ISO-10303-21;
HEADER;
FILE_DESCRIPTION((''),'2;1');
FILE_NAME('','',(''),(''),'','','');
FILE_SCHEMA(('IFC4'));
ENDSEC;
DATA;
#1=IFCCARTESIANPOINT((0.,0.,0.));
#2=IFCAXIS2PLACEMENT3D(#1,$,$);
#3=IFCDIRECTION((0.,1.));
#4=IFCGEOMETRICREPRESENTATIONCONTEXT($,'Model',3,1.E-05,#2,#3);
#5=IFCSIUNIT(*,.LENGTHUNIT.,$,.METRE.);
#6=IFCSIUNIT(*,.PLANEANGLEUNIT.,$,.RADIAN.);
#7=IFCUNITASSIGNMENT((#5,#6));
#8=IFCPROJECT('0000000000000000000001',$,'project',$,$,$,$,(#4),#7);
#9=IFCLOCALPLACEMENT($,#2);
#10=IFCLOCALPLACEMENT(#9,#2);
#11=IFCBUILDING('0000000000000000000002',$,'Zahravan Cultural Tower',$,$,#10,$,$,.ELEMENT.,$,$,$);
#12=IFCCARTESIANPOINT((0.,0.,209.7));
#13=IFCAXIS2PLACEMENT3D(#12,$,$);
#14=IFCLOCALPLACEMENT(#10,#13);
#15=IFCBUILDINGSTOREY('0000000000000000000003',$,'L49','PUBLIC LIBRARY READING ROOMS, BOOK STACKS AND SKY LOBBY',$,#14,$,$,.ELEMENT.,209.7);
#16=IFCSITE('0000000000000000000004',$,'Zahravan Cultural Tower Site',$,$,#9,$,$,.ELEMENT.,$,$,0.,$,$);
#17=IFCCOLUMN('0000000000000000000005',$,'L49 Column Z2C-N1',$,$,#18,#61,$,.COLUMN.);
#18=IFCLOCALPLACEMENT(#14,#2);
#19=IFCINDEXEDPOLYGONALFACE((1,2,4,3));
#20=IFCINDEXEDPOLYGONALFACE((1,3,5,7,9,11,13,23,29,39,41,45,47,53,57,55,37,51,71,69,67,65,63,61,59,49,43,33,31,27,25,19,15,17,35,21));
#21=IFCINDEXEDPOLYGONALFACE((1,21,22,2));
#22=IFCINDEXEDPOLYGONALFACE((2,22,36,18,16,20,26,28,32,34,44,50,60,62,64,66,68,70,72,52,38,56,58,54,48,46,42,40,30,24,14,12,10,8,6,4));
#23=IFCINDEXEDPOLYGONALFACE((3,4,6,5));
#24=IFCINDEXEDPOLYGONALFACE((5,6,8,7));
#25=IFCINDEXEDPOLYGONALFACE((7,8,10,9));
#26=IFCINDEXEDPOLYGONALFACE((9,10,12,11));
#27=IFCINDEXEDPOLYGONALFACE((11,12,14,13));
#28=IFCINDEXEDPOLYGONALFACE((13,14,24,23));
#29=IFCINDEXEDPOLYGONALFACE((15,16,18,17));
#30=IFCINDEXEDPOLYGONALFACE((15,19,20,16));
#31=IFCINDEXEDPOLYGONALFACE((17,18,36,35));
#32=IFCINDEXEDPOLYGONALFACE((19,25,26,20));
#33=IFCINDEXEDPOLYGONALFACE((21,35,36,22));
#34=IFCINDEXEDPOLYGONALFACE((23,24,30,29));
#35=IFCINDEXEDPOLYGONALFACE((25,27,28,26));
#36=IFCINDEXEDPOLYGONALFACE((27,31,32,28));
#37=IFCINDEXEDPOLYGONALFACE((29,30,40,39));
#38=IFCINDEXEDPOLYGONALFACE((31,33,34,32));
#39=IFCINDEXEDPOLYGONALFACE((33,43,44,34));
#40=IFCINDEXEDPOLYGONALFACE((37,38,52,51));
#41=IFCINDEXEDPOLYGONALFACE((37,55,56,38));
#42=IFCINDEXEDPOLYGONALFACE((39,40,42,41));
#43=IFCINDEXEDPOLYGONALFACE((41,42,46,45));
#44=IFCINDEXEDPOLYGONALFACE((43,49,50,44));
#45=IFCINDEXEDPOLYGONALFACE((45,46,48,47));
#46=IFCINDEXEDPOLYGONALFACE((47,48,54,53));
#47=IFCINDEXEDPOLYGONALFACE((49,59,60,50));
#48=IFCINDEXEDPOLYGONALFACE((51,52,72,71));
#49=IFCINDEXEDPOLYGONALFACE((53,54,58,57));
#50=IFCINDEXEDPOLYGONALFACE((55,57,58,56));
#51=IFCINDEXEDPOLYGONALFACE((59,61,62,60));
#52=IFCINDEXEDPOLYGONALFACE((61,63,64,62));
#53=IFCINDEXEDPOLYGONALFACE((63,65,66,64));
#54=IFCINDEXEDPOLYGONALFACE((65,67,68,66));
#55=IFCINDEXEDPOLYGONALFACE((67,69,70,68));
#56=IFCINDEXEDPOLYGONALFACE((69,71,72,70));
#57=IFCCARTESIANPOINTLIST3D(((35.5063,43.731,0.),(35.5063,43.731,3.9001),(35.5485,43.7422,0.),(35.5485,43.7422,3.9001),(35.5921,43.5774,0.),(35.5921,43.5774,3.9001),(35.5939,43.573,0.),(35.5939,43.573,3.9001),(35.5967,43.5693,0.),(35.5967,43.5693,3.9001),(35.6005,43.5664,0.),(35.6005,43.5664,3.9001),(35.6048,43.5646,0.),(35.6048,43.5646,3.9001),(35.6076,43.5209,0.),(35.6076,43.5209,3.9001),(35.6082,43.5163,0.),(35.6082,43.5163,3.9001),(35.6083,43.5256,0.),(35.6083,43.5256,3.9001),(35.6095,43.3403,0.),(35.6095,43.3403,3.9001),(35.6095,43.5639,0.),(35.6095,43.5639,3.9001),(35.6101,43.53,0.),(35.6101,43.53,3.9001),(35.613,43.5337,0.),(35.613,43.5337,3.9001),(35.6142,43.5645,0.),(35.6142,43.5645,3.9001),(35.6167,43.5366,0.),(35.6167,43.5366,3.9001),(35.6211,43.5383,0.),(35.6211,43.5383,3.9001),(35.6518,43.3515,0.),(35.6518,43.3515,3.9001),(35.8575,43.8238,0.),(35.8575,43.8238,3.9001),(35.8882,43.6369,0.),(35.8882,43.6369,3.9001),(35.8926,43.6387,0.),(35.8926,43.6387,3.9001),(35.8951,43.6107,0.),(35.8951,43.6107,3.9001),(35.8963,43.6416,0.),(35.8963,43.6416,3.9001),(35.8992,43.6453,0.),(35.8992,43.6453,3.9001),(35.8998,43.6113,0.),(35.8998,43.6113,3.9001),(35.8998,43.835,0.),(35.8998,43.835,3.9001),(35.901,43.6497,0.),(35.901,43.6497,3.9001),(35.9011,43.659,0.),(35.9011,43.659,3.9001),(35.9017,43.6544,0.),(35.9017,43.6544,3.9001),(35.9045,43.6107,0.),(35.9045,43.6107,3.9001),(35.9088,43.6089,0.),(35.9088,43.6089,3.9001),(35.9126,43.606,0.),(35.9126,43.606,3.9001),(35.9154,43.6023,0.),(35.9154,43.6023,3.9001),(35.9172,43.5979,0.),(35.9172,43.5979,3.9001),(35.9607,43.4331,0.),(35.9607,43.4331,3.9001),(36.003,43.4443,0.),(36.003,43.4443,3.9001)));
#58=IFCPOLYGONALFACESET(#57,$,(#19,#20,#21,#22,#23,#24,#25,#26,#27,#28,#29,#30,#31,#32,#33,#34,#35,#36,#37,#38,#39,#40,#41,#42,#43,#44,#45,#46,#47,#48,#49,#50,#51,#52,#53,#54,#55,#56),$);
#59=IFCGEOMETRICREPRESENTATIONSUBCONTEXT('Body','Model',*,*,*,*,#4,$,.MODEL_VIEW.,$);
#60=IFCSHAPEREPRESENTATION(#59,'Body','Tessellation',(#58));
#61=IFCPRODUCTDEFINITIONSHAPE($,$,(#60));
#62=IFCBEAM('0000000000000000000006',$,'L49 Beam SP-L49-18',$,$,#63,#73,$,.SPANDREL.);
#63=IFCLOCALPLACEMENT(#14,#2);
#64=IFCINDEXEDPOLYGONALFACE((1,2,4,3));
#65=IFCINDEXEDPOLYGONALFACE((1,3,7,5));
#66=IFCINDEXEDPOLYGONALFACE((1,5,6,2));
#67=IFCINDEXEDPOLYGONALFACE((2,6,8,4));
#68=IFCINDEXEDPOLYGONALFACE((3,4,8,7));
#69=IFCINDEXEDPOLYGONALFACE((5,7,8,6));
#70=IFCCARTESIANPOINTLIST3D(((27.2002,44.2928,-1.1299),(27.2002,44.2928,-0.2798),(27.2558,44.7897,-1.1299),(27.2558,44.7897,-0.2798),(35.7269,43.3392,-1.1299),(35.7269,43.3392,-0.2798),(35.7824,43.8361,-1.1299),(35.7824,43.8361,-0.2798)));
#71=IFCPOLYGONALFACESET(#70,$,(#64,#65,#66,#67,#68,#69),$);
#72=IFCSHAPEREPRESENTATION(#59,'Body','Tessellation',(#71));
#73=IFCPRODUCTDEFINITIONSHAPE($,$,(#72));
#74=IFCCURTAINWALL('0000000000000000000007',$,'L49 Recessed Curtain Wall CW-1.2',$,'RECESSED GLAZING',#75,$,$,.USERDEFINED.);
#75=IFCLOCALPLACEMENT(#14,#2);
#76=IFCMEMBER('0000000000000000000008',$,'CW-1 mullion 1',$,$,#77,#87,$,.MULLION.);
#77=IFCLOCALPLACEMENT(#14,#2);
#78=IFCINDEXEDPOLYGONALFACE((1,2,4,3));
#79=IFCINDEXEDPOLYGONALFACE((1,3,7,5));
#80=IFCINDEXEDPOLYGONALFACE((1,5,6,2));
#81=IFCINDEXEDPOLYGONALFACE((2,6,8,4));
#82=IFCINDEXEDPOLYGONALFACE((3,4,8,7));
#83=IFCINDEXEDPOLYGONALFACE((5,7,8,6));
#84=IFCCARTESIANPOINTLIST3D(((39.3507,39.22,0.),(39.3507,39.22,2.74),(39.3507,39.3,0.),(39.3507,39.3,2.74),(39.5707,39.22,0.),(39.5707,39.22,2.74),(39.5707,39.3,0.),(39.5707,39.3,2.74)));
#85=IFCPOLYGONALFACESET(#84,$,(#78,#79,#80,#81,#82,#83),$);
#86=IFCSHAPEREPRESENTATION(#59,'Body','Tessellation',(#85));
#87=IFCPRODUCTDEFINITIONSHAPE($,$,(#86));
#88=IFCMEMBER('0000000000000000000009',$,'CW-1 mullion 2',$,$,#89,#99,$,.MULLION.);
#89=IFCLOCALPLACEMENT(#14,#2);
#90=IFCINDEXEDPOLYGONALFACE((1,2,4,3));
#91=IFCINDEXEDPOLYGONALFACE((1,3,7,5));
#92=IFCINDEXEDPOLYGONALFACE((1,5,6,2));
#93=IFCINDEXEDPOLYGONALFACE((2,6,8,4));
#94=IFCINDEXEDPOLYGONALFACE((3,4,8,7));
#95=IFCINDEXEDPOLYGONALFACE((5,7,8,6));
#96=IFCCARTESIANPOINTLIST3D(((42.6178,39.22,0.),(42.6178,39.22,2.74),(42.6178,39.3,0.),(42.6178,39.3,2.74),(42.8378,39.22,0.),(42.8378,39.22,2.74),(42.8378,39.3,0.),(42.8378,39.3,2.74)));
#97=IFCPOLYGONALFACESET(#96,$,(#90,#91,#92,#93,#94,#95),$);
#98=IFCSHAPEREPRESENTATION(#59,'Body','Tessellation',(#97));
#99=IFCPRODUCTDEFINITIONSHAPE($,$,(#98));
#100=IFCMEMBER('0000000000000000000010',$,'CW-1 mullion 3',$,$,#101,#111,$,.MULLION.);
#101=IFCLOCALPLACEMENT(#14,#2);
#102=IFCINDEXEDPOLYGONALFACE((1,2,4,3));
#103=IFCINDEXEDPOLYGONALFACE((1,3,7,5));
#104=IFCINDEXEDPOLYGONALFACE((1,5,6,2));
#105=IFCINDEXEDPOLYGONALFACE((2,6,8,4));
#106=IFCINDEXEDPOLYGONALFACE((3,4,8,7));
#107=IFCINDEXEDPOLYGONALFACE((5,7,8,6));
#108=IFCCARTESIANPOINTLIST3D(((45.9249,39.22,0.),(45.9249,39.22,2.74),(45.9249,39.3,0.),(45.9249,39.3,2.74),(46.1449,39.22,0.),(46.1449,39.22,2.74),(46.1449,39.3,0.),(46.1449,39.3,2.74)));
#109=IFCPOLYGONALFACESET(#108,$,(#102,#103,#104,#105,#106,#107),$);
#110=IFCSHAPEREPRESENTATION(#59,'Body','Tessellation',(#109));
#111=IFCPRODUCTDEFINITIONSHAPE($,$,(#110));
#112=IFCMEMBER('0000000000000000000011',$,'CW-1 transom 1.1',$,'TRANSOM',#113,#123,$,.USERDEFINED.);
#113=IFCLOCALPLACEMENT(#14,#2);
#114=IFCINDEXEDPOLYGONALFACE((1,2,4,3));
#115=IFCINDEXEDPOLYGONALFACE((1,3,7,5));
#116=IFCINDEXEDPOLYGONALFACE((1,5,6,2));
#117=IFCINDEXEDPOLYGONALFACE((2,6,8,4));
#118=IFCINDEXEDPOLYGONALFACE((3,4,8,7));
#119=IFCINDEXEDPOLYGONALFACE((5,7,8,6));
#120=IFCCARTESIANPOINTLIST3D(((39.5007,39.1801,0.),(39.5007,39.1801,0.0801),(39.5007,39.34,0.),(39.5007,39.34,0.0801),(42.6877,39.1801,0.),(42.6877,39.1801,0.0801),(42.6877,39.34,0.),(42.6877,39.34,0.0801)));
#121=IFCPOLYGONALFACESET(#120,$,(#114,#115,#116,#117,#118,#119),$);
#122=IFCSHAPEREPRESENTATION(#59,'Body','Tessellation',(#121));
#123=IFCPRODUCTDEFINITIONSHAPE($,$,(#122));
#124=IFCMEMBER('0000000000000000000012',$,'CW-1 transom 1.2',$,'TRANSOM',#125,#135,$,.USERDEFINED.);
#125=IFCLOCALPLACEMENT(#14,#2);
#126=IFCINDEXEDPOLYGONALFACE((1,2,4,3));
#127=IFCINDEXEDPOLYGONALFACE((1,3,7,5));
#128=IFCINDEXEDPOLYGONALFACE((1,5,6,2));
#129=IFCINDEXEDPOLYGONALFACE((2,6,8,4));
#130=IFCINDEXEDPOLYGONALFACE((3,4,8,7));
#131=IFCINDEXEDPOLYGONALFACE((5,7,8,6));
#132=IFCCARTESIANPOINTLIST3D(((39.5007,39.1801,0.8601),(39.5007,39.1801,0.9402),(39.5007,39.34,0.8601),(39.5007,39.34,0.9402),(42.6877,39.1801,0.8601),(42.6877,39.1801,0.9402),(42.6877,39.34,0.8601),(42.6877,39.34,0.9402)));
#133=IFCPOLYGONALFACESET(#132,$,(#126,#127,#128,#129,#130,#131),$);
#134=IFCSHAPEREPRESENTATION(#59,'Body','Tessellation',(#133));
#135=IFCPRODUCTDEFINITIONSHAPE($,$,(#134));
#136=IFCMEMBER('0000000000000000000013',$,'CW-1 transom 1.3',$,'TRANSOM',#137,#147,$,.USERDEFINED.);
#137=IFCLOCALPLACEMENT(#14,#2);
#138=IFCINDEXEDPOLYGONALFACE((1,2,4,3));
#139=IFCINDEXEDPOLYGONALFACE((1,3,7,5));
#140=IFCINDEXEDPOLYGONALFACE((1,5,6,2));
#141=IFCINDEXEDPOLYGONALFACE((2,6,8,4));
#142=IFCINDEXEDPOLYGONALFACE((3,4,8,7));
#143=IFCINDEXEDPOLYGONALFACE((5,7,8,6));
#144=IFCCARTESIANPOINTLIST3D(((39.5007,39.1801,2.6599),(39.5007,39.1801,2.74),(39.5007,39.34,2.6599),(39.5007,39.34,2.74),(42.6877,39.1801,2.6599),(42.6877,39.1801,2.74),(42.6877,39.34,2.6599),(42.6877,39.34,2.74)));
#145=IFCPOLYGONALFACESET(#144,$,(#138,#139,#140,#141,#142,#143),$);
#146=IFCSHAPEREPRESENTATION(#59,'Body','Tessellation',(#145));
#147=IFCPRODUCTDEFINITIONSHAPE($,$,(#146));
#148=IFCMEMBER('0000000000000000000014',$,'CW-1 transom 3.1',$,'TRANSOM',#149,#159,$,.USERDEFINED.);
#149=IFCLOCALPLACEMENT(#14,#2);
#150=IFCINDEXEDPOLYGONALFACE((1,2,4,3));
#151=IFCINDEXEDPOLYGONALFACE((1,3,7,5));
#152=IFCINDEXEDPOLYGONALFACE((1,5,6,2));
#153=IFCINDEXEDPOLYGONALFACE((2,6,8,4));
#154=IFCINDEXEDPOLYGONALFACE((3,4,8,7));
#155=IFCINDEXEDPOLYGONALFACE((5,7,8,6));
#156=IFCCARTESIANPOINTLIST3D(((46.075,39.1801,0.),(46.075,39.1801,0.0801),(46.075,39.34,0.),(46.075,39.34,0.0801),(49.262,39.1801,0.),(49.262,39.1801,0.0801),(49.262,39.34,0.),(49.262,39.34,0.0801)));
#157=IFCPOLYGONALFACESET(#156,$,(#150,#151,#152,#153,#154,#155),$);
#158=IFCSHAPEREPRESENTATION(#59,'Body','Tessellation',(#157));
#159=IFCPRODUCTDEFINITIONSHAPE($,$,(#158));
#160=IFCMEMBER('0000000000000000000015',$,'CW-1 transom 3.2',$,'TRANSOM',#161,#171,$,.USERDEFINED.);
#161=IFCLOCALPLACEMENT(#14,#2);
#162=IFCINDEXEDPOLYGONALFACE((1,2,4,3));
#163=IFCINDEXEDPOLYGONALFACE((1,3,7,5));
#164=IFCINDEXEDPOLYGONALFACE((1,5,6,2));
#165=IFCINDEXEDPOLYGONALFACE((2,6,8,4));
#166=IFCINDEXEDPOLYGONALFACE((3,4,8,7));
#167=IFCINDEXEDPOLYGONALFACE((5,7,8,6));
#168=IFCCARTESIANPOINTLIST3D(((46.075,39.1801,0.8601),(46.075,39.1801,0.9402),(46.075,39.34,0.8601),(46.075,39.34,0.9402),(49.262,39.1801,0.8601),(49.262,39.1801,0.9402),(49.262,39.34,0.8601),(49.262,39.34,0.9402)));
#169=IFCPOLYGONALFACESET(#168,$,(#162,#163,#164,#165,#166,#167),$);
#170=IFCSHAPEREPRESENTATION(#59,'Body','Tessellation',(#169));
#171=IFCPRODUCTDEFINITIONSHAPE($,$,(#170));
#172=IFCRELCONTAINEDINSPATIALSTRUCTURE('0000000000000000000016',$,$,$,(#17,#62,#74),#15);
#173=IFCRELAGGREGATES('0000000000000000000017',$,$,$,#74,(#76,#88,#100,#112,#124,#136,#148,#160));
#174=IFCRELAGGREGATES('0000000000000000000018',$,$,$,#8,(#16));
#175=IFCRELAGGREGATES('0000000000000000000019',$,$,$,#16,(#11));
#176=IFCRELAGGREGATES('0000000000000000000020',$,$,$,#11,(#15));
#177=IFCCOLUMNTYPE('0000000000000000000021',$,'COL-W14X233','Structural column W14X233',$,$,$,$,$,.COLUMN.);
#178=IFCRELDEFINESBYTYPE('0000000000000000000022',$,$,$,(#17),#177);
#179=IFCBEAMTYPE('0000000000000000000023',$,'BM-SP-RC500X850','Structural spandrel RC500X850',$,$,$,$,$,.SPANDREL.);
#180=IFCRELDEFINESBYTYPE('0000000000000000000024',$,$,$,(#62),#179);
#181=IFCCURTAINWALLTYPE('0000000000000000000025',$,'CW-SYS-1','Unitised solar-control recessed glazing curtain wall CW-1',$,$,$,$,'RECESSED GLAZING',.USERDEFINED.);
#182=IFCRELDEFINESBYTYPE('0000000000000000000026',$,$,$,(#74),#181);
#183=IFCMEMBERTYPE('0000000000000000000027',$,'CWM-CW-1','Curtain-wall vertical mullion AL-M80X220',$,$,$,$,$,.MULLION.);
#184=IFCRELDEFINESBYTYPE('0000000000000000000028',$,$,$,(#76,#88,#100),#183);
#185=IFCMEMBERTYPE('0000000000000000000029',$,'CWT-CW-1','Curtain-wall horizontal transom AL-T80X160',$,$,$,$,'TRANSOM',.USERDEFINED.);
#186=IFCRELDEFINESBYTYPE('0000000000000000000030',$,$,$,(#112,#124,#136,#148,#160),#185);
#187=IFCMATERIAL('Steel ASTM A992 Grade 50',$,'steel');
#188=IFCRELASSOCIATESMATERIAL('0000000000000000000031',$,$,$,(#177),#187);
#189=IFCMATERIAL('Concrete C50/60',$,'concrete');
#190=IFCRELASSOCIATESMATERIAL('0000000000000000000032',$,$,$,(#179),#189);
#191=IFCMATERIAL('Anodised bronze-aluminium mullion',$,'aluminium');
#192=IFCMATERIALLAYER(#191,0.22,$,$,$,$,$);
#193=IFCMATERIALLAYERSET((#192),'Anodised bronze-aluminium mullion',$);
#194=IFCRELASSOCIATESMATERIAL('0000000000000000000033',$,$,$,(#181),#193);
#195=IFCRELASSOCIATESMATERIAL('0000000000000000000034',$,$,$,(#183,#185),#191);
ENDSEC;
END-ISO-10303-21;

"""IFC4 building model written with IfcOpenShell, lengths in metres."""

from ifc_helpers import new_model, si_unit, direction, frame, origin, origin_2d, place, context, subcontext, project, spatial, rectangle, i_section, extrude, source, transform, mapped, material, layer, layer_set, material_profile, profile_set, type_object, element, aggregate, save


model = new_model("IFC4")

# Units and contexts
model_context = context("Model", 3, precision=1e-05, world=origin(), true_north=direction((0.0, 1.0)))
body_context = subcontext(model_context, "Body", "Model", "MODEL_VIEW")
ifc_project = project(units=[si_unit("LENGTHUNIT", "METRE"), si_unit("PLANEANGLEUNIT", "RADIAN")], contexts=[model_context])

# Site, building, storey
site_placement = place(None, origin())
site = spatial("IfcSite", under=ifc_project, at=site_placement, Name="Zahravan Cultural Tower Site", CompositionType="ELEMENT", RefElevation=0.0)
building_placement = place(site_placement, origin())
building = spatial("IfcBuilding", under=site, at=building_placement, Name="Zahravan Cultural Tower", CompositionType="ELEMENT")
storey_placement = place(building_placement, frame((0.0, 0.0, 209.7)))
storey = spatial("IfcBuildingStorey", under=building, at=storey_placement, Name="L49", Description="PUBLIC LIBRARY READING ROOMS, BOOK STACKS AND SKY LOBBY", CompositionType="ELEMENT", Elevation=209.7)

# Column
ifc_material_1 = material(Name="Steel ASTM A992 Grade 50", Category="steel")
ifc_material_profile_1 = material_profile(ifc_material_1, i_section(OverallWidth=0.4041, OverallDepth=0.407, WebThickness=0.0271, FlangeThickness=0.0437, FilletRadius=0.0181, at=origin_2d()), Name="W14X233")
ifc_profile_set_1 = profile_set([ifc_material_profile_1], Name="Steel ASTM A992 Grade 50")
column_type = type_object("IfcColumnType", Name="COL-W14X233", Description="Structural column W14X233", PredefinedType="COLUMN", material=ifc_profile_set_1)
shared_shape_1 = source(origin(), body_context, "Body", "SweptSolid", [
    extrude(i_section(OverallWidth=0.4041, OverallDepth=0.407, WebThickness=0.0271, FlangeThickness=0.0437, FilletRadius=0.0181, at=origin_2d()), origin(), (0.0, 0.0, 1.0), 3.9001),
])
column_placement = place(storey_placement, frame((35.7546, 43.5876, 0.0), z_axis=(0.0, 0.0, 1.0), x_axis=(-0.255446, 0.966823, 0.0)))
element("IfcColumn", 1, at=column_placement, inside=storey, type_object=column_type, Name="L49 Column Z2C-N1", PredefinedType="COLUMN", context=body_context, shape_type="MappedRepresentation", body=[
    mapped(shared_shape_1, transform((0.0, 0.0, 0.0), x_axis=(1.0, 0.0, 0.0), y_axis=(0.0, 1.0, 0.0), z_axis=(0.0, 0.0, 1.0), scale=1.0)),
])

# Beam
ifc_material_2 = material(Name="Concrete C50/60", Category="concrete")
ifc_material_profile_2 = material_profile(ifc_material_2, rectangle(XDim=0.5, YDim=0.8501, at=origin_2d()), Name="RC500X850")
ifc_profile_set_2 = profile_set([ifc_material_profile_2], Name="Concrete C50/60")
beam_type = type_object("IfcBeamType", Name="BM-SP-RC500X850", Description="Structural spandrel RC500X850", PredefinedType="SPANDREL", material=ifc_profile_set_2)
shared_shape_2 = source(origin(), body_context, "Body", "SweptSolid", [
    extrude(rectangle(XDim=0.5, YDim=0.8501, at=origin_2d()), origin(), (0.0, 0.0, 1.0), 8.5798),
])
beam_placement = place(storey_placement, frame((35.7546, 43.5876, -0.7048), z_axis=(-0.993804, 0.111147, 0.0), x_axis=(-0.111147, -0.993804, 0.0)))
element("IfcBeam", 2, at=beam_placement, inside=storey, type_object=beam_type, Name="L49 Beam SP-L49-18", PredefinedType="SPANDREL", context=body_context, shape_type="MappedRepresentation", body=[
    mapped(shared_shape_2, transform((0.0, 0.0, 0.0), x_axis=(1.0, 0.0, 0.0), y_axis=(0.0, 1.0, 0.0), z_axis=(0.0, 0.0, 1.0), scale=1.0)),
])

# Curtain wall, members
ifc_material_3 = material(Name="Anodised bronze-aluminium mullion", Category="aluminium")
ifc_layer_1 = layer(ifc_material_3, 0.22)
ifc_layer_set_1 = layer_set([ifc_layer_1], Name="Anodised bronze-aluminium mullion")
curtain_wall_type = type_object("IfcCurtainWallType", Name="CW-SYS-1", Description="Unitised solar-control recessed glazing curtain wall CW-1", ElementType="RECESSED GLAZING", PredefinedType="USERDEFINED", material=ifc_layer_set_1)
curtain_wall_placement = place(storey_placement, origin())
curtain_wall = element("IfcCurtainWall", 3, at=curtain_wall_placement, inside=storey, type_object=curtain_wall_type, Name="L49 Recessed Curtain Wall CW-1.2", ObjectType="RECESSED GLAZING", PredefinedType="USERDEFINED")
ifc_material_profile_3 = material_profile(ifc_material_3, rectangle(XDim=0.0801, YDim=0.22, at=origin_2d()), Name="AL-M80X220")
ifc_profile_set_3 = profile_set([ifc_material_profile_3], Name="Anodised bronze-aluminium mullion")
member_type_1 = type_object("IfcMemberType", Name="CWM-CW-1", Description="Curtain-wall vertical mullion AL-M80X220", PredefinedType="MULLION", material=ifc_profile_set_3)
shared_shape_3 = source(origin(), body_context, "Body", "SweptSolid", [
    extrude(rectangle(XDim=0.0801, YDim=0.22, at=origin_2d()), origin(), (0.0, 0.0, 1.0), 2.74),
])
member_1_placement = place(storey_placement, frame((39.4607, 39.26, 0.0), z_axis=(0.0, 0.0, 1.0), x_axis=(0.0, 1.0, 0.0)))
member_1 = element("IfcMember", 4, at=member_1_placement, type_object=member_type_1, Name="CW-1 mullion 1", PredefinedType="MULLION", context=body_context, shape_type="MappedRepresentation", body=[
    mapped(shared_shape_3, transform((0.0, 0.0, 0.0), x_axis=(1.0, 0.0, 0.0), y_axis=(0.0, 1.0, 0.0), z_axis=(0.0, 0.0, 1.0), scale=1.0)),
])
member_2_placement = place(storey_placement, frame((42.7278, 39.26, 0.0), z_axis=(0.0, 0.0, 1.0), x_axis=(0.0, 1.0, 0.0)))
member_2 = element("IfcMember", 5, at=member_2_placement, type_object=member_type_1, Name="CW-1 mullion 2", PredefinedType="MULLION", context=body_context, shape_type="MappedRepresentation", body=[
    mapped(shared_shape_3, transform((0.0, 0.0, 0.0), x_axis=(1.0, 0.0, 0.0), y_axis=(0.0, 1.0, 0.0), z_axis=(0.0, 0.0, 1.0), scale=1.0)),
])
member_3_placement = place(storey_placement, frame((46.0349, 39.26, 0.0), z_axis=(0.0, 0.0, 1.0), x_axis=(0.0, 1.0, 0.0)))
member_3 = element("IfcMember", 6, at=member_3_placement, type_object=member_type_1, Name="CW-1 mullion 3", PredefinedType="MULLION", context=body_context, shape_type="MappedRepresentation", body=[
    mapped(shared_shape_3, transform((0.0, 0.0, 0.0), x_axis=(1.0, 0.0, 0.0), y_axis=(0.0, 1.0, 0.0), z_axis=(0.0, 0.0, 1.0), scale=1.0)),
])
ifc_material_profile_4 = material_profile(ifc_material_3, rectangle(XDim=0.1599, YDim=0.0801, at=origin_2d()), Name="AL-T80X160")
ifc_profile_set_4 = profile_set([ifc_material_profile_4], Name="Anodised bronze-aluminium mullion")
member_type_2 = type_object("IfcMemberType", Name="CWT-CW-1", Description="Curtain-wall horizontal transom AL-T80X160", ElementType="TRANSOM", PredefinedType="USERDEFINED", material=ifc_profile_set_4)
shared_shape_4 = source(origin(), body_context, "Body", "SweptSolid", [
    extrude(rectangle(XDim=0.1599, YDim=0.0801, at=origin_2d()), origin(), (0.0, 0.0, 1.0), 3.187),
])
member_4_placement = place(storey_placement, frame((39.5007, 39.26, 0.04), z_axis=(1.0, 0.0, 0.0), x_axis=(0.0, 1.0, 0.0)))
member_4 = element("IfcMember", 7, at=member_4_placement, type_object=member_type_2, Name="CW-1 transom 1.1", ObjectType="TRANSOM", PredefinedType="USERDEFINED", context=body_context, shape_type="MappedRepresentation", body=[
    mapped(shared_shape_4, transform((0.0, 0.0, 0.0), x_axis=(1.0, 0.0, 0.0), y_axis=(0.0, 1.0, 0.0), z_axis=(0.0, 0.0, 1.0), scale=1.0)),
])
member_5_placement = place(storey_placement, frame((39.5007, 39.26, 0.9001), z_axis=(1.0, 0.0, 0.0), x_axis=(0.0, 1.0, 0.0)))
member_5 = element("IfcMember", 8, at=member_5_placement, type_object=member_type_2, Name="CW-1 transom 1.2", ObjectType="TRANSOM", PredefinedType="USERDEFINED", context=body_context, shape_type="MappedRepresentation", body=[
    mapped(shared_shape_4, transform((0.0, 0.0, 0.0), x_axis=(1.0, 0.0, 0.0), y_axis=(0.0, 1.0, 0.0), z_axis=(0.0, 0.0, 1.0), scale=1.0)),
])
member_6_placement = place(storey_placement, frame((39.5007, 39.26, 2.7), z_axis=(1.0, 0.0, 0.0), x_axis=(0.0, 1.0, 0.0)))
member_6 = element("IfcMember", 9, at=member_6_placement, type_object=member_type_2, Name="CW-1 transom 1.3", ObjectType="TRANSOM", PredefinedType="USERDEFINED", context=body_context, shape_type="MappedRepresentation", body=[
    mapped(shared_shape_4, transform((0.0, 0.0, 0.0), x_axis=(1.0, 0.0, 0.0), y_axis=(0.0, 1.0, 0.0), z_axis=(0.0, 0.0, 1.0), scale=1.0)),
])
member_7_placement = place(storey_placement, frame((46.075, 39.26, 0.04), z_axis=(1.0, 0.0, 0.0), x_axis=(0.0, 1.0, 0.0)))
member_7 = element("IfcMember", 10, at=member_7_placement, type_object=member_type_2, Name="CW-1 transom 3.1", ObjectType="TRANSOM", PredefinedType="USERDEFINED", context=body_context, shape_type="MappedRepresentation", body=[
    mapped(shared_shape_4, transform((0.0, 0.0, 0.0), x_axis=(1.0, 0.0, 0.0), y_axis=(0.0, 1.0, 0.0), z_axis=(0.0, 0.0, 1.0), scale=1.0)),
])
member_8_placement = place(storey_placement, frame((46.075, 39.26, 0.9001), z_axis=(1.0, 0.0, 0.0), x_axis=(0.0, 1.0, 0.0)))
member_8 = element("IfcMember", 11, at=member_8_placement, type_object=member_type_2, Name="CW-1 transom 3.2", ObjectType="TRANSOM", PredefinedType="USERDEFINED", context=body_context, shape_type="MappedRepresentation", body=[
    mapped(shared_shape_4, transform((0.0, 0.0, 0.0), x_axis=(1.0, 0.0, 0.0), y_axis=(0.0, 1.0, 0.0), z_axis=(0.0, 0.0, 1.0), scale=1.0)),
])
aggregate(curtain_wall, [member_1, member_2, member_3, member_4, member_5, member_6, member_7, member_8])

save(model, "model.ifc")
